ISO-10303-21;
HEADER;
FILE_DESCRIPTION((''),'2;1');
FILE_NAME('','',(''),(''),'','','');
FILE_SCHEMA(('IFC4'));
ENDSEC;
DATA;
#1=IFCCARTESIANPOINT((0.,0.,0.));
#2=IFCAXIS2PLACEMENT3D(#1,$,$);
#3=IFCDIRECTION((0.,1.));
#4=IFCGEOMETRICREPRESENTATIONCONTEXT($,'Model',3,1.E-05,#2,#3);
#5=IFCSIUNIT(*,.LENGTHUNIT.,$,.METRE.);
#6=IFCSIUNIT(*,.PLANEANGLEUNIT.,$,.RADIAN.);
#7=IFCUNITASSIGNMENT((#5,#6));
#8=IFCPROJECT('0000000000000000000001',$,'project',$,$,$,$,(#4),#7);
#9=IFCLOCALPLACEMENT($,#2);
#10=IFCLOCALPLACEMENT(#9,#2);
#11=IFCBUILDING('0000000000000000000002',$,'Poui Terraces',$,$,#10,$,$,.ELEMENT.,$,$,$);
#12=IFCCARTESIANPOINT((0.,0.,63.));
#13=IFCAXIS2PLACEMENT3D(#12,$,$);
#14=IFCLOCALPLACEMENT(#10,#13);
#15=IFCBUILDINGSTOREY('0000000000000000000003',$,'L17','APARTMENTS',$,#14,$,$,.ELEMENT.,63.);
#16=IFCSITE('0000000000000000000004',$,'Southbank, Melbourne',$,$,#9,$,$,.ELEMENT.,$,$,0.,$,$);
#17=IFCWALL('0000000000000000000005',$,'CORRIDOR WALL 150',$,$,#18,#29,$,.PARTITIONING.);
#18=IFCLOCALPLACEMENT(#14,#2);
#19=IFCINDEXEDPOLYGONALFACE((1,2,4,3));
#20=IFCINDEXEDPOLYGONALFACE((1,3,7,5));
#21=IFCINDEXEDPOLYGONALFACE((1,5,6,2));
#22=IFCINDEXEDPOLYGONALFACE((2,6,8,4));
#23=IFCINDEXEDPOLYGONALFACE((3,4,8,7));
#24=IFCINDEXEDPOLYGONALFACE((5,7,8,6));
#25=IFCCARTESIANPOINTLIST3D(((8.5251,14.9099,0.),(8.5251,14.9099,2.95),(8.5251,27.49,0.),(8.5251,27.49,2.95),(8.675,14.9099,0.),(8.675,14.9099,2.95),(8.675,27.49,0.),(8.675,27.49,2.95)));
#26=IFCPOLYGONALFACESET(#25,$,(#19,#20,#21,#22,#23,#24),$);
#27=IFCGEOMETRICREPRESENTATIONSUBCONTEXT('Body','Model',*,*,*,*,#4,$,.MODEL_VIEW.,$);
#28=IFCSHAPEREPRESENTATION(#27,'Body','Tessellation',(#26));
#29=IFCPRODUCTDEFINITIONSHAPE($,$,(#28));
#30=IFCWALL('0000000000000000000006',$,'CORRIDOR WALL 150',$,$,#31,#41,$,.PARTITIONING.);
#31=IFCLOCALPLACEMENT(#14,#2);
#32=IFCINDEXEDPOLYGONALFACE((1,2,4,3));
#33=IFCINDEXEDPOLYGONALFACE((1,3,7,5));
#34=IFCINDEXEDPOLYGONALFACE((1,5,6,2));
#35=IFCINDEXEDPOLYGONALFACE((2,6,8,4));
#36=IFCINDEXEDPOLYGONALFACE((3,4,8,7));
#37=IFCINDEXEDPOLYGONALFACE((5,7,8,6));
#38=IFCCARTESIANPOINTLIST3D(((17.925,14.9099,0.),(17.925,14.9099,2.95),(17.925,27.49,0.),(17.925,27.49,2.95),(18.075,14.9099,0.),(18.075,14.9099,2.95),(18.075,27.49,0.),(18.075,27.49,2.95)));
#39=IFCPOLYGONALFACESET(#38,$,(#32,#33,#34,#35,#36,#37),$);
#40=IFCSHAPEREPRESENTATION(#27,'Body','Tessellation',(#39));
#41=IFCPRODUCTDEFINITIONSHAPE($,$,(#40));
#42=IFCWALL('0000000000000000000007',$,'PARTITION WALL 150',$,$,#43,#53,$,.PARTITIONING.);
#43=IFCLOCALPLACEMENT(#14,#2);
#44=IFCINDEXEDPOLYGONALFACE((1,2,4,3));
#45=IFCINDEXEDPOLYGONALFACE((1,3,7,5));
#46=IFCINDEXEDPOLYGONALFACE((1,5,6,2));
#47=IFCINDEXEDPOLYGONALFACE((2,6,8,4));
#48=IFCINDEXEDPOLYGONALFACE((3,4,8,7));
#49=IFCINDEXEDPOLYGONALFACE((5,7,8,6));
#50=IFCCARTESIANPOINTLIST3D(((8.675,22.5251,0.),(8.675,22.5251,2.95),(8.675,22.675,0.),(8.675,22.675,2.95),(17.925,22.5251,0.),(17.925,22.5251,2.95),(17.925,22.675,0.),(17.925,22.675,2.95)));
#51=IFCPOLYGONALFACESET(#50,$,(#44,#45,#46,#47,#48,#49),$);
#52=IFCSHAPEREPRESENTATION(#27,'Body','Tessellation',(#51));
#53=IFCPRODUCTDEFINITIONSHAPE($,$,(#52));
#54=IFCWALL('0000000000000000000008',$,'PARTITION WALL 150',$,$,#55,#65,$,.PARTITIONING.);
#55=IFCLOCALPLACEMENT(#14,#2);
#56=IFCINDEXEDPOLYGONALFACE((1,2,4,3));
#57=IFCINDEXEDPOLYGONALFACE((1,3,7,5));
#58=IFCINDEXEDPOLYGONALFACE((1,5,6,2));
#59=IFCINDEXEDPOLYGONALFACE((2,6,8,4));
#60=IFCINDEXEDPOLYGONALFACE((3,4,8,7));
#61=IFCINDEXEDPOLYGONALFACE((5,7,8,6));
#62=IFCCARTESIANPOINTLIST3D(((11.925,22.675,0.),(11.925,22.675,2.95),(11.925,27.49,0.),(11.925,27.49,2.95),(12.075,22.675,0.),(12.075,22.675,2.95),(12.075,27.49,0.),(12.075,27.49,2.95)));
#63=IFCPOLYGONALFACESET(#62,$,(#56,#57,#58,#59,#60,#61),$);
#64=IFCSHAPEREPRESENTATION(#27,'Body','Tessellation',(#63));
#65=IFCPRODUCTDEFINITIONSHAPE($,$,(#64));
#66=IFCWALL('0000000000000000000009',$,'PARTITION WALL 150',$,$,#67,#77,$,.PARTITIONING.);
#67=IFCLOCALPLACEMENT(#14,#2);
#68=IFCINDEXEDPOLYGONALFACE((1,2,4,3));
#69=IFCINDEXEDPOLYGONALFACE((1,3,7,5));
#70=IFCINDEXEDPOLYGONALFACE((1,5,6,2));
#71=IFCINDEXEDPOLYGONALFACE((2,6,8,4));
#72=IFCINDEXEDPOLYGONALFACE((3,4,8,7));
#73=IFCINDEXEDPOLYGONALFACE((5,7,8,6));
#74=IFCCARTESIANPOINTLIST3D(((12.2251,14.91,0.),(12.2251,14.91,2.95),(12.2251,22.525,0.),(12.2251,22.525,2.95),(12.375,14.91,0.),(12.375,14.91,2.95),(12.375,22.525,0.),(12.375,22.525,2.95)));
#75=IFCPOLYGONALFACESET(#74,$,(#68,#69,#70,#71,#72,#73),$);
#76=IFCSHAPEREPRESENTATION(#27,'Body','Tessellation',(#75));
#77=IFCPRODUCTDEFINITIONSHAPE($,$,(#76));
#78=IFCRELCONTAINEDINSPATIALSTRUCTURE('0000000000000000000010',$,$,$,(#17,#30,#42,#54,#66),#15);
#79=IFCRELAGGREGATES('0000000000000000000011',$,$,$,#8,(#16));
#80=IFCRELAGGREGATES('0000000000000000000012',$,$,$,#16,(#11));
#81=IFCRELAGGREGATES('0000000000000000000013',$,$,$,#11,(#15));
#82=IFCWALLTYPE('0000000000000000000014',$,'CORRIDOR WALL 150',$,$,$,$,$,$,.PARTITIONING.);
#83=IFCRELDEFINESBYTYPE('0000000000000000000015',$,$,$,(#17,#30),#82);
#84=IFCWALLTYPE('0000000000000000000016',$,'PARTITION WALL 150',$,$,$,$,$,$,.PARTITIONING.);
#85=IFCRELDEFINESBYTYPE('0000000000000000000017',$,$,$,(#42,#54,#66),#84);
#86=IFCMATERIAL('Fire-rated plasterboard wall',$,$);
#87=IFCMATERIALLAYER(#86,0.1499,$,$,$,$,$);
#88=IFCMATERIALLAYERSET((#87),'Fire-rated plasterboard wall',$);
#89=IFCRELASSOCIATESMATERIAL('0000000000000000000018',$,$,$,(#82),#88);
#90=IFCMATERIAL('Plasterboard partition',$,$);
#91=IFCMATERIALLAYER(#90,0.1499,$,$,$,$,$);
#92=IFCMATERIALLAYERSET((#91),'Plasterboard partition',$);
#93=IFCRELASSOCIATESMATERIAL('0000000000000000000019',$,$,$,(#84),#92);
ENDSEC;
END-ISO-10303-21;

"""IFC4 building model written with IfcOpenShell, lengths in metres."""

from ifc_helpers import new_model, si_unit, direction, frame, frame_2d, origin, place, context, subcontext, project, spatial, rectangle, extrude, material, layer, layer_set, type_object, element, save


model = new_model("IFC4")

# Units and contexts
model_context = context("Model", 3, precision=1e-05, world=origin(), true_north=direction((0.0, 1.0)))
body_context = subcontext(model_context, "Body", "Model", "MODEL_VIEW")
ifc_project = project(units=[si_unit("LENGTHUNIT", "METRE"), si_unit("PLANEANGLEUNIT", "RADIAN")], contexts=[model_context])

# Site, building, storey
site_placement = place(None, origin())
site = spatial("IfcSite", under=ifc_project, at=site_placement, Name="Southbank, Melbourne", CompositionType="ELEMENT", RefElevation=0.0)
building_placement = place(site_placement, origin())
building = spatial("IfcBuilding", under=site, at=building_placement, Name="Poui Terraces", CompositionType="ELEMENT")
storey_placement = place(building_placement, frame((0.0, 0.0, 63.0)))
storey = spatial("IfcBuildingStorey", under=building, at=storey_placement, Name="L17", Description="APARTMENTS", CompositionType="ELEMENT", Elevation=63.0)

# Walls
ifc_material_1 = material(Name="Fire-rated plasterboard wall")
ifc_layer_1 = layer(ifc_material_1, 0.1499)
ifc_layer_set_1 = layer_set([ifc_layer_1], Name="Fire-rated plasterboard wall")
wall_type_1 = type_object("IfcWallType", Name="CORRIDOR WALL 150", PredefinedType="PARTITIONING", material=ifc_layer_set_1)
for number, where, z_axis, x_axis, name in (
    (1, (8.6001, 14.9099, 0.0), (0.0, 0.0, 1.0), (0.0, 1.0, 0.0), "CORRIDOR WALL 150"),
    (2, (18.0, 14.9099, 0.0), (0.0, 0.0, 1.0), (0.0, 1.0, 0.0), "CORRIDOR WALL 150"),
):
    element("IfcWall", number, at=place(storey_placement, frame(where, z_axis=z_axis, x_axis=x_axis)), inside=storey, type_object=wall_type_1, Name=name, PredefinedType="PARTITIONING", context=body_context, shape_type="SweptSolid", body=[
        extrude(rectangle(XDim=12.5801, YDim=0.1499, at=frame_2d((6.29, 0.0))), origin(), (0.0, 0.0, 1.0), 2.95),
    ])
ifc_material_2 = material(Name="Plasterboard partition")
ifc_layer_2 = layer(ifc_material_2, 0.1499)
ifc_layer_set_2 = layer_set([ifc_layer_2], Name="Plasterboard partition")
wall_type_2 = type_object("IfcWallType", Name="PARTITION WALL 150", PredefinedType="PARTITIONING", material=ifc_layer_set_2)
wall_1_placement = place(storey_placement, frame((8.675, 22.6001, 0.0), z_axis=(0.0, 0.0, 1.0), x_axis=(1.0, 0.0, 0.0)))
element("IfcWall", 3, at=wall_1_placement, inside=storey, type_object=wall_type_2, Name="PARTITION WALL 150", PredefinedType="PARTITIONING", context=body_context, shape_type="SweptSolid", body=[
    extrude(rectangle(XDim=9.25, YDim=0.1499, at=frame_2d((4.625, 0.0))), origin(), (0.0, 0.0, 1.0), 2.95),
])
wall_2_placement = place(storey_placement, frame((12.0, 22.675, 0.0), z_axis=(0.0, 0.0, 1.0), x_axis=(0.0, 1.0, 0.0)))
element("IfcWall", 4, at=wall_2_placement, inside=storey, type_object=wall_type_2, Name="PARTITION WALL 150", PredefinedType="PARTITIONING", context=body_context, shape_type="SweptSolid", body=[
    extrude(rectangle(XDim=4.8149, YDim=0.1499, at=frame_2d((2.4075, 0.0))), origin(), (0.0, 0.0, 1.0), 2.95),
])
wall_3_placement = place(storey_placement, frame((12.3, 14.9099, 0.0), z_axis=(0.0, 0.0, 1.0), x_axis=(0.0, 1.0, 0.0)))
element("IfcWall", 5, at=wall_3_placement, inside=storey, type_object=wall_type_2, Name="PARTITION WALL 150", PredefinedType="PARTITIONING", context=body_context, shape_type="SweptSolid", body=[
    extrude(rectangle(XDim=7.615, YDim=0.1499, at=frame_2d((3.8076, 0.0))), origin(), (0.0, 0.0, 1.0), 2.95),
])

save(model, "model.ifc")
